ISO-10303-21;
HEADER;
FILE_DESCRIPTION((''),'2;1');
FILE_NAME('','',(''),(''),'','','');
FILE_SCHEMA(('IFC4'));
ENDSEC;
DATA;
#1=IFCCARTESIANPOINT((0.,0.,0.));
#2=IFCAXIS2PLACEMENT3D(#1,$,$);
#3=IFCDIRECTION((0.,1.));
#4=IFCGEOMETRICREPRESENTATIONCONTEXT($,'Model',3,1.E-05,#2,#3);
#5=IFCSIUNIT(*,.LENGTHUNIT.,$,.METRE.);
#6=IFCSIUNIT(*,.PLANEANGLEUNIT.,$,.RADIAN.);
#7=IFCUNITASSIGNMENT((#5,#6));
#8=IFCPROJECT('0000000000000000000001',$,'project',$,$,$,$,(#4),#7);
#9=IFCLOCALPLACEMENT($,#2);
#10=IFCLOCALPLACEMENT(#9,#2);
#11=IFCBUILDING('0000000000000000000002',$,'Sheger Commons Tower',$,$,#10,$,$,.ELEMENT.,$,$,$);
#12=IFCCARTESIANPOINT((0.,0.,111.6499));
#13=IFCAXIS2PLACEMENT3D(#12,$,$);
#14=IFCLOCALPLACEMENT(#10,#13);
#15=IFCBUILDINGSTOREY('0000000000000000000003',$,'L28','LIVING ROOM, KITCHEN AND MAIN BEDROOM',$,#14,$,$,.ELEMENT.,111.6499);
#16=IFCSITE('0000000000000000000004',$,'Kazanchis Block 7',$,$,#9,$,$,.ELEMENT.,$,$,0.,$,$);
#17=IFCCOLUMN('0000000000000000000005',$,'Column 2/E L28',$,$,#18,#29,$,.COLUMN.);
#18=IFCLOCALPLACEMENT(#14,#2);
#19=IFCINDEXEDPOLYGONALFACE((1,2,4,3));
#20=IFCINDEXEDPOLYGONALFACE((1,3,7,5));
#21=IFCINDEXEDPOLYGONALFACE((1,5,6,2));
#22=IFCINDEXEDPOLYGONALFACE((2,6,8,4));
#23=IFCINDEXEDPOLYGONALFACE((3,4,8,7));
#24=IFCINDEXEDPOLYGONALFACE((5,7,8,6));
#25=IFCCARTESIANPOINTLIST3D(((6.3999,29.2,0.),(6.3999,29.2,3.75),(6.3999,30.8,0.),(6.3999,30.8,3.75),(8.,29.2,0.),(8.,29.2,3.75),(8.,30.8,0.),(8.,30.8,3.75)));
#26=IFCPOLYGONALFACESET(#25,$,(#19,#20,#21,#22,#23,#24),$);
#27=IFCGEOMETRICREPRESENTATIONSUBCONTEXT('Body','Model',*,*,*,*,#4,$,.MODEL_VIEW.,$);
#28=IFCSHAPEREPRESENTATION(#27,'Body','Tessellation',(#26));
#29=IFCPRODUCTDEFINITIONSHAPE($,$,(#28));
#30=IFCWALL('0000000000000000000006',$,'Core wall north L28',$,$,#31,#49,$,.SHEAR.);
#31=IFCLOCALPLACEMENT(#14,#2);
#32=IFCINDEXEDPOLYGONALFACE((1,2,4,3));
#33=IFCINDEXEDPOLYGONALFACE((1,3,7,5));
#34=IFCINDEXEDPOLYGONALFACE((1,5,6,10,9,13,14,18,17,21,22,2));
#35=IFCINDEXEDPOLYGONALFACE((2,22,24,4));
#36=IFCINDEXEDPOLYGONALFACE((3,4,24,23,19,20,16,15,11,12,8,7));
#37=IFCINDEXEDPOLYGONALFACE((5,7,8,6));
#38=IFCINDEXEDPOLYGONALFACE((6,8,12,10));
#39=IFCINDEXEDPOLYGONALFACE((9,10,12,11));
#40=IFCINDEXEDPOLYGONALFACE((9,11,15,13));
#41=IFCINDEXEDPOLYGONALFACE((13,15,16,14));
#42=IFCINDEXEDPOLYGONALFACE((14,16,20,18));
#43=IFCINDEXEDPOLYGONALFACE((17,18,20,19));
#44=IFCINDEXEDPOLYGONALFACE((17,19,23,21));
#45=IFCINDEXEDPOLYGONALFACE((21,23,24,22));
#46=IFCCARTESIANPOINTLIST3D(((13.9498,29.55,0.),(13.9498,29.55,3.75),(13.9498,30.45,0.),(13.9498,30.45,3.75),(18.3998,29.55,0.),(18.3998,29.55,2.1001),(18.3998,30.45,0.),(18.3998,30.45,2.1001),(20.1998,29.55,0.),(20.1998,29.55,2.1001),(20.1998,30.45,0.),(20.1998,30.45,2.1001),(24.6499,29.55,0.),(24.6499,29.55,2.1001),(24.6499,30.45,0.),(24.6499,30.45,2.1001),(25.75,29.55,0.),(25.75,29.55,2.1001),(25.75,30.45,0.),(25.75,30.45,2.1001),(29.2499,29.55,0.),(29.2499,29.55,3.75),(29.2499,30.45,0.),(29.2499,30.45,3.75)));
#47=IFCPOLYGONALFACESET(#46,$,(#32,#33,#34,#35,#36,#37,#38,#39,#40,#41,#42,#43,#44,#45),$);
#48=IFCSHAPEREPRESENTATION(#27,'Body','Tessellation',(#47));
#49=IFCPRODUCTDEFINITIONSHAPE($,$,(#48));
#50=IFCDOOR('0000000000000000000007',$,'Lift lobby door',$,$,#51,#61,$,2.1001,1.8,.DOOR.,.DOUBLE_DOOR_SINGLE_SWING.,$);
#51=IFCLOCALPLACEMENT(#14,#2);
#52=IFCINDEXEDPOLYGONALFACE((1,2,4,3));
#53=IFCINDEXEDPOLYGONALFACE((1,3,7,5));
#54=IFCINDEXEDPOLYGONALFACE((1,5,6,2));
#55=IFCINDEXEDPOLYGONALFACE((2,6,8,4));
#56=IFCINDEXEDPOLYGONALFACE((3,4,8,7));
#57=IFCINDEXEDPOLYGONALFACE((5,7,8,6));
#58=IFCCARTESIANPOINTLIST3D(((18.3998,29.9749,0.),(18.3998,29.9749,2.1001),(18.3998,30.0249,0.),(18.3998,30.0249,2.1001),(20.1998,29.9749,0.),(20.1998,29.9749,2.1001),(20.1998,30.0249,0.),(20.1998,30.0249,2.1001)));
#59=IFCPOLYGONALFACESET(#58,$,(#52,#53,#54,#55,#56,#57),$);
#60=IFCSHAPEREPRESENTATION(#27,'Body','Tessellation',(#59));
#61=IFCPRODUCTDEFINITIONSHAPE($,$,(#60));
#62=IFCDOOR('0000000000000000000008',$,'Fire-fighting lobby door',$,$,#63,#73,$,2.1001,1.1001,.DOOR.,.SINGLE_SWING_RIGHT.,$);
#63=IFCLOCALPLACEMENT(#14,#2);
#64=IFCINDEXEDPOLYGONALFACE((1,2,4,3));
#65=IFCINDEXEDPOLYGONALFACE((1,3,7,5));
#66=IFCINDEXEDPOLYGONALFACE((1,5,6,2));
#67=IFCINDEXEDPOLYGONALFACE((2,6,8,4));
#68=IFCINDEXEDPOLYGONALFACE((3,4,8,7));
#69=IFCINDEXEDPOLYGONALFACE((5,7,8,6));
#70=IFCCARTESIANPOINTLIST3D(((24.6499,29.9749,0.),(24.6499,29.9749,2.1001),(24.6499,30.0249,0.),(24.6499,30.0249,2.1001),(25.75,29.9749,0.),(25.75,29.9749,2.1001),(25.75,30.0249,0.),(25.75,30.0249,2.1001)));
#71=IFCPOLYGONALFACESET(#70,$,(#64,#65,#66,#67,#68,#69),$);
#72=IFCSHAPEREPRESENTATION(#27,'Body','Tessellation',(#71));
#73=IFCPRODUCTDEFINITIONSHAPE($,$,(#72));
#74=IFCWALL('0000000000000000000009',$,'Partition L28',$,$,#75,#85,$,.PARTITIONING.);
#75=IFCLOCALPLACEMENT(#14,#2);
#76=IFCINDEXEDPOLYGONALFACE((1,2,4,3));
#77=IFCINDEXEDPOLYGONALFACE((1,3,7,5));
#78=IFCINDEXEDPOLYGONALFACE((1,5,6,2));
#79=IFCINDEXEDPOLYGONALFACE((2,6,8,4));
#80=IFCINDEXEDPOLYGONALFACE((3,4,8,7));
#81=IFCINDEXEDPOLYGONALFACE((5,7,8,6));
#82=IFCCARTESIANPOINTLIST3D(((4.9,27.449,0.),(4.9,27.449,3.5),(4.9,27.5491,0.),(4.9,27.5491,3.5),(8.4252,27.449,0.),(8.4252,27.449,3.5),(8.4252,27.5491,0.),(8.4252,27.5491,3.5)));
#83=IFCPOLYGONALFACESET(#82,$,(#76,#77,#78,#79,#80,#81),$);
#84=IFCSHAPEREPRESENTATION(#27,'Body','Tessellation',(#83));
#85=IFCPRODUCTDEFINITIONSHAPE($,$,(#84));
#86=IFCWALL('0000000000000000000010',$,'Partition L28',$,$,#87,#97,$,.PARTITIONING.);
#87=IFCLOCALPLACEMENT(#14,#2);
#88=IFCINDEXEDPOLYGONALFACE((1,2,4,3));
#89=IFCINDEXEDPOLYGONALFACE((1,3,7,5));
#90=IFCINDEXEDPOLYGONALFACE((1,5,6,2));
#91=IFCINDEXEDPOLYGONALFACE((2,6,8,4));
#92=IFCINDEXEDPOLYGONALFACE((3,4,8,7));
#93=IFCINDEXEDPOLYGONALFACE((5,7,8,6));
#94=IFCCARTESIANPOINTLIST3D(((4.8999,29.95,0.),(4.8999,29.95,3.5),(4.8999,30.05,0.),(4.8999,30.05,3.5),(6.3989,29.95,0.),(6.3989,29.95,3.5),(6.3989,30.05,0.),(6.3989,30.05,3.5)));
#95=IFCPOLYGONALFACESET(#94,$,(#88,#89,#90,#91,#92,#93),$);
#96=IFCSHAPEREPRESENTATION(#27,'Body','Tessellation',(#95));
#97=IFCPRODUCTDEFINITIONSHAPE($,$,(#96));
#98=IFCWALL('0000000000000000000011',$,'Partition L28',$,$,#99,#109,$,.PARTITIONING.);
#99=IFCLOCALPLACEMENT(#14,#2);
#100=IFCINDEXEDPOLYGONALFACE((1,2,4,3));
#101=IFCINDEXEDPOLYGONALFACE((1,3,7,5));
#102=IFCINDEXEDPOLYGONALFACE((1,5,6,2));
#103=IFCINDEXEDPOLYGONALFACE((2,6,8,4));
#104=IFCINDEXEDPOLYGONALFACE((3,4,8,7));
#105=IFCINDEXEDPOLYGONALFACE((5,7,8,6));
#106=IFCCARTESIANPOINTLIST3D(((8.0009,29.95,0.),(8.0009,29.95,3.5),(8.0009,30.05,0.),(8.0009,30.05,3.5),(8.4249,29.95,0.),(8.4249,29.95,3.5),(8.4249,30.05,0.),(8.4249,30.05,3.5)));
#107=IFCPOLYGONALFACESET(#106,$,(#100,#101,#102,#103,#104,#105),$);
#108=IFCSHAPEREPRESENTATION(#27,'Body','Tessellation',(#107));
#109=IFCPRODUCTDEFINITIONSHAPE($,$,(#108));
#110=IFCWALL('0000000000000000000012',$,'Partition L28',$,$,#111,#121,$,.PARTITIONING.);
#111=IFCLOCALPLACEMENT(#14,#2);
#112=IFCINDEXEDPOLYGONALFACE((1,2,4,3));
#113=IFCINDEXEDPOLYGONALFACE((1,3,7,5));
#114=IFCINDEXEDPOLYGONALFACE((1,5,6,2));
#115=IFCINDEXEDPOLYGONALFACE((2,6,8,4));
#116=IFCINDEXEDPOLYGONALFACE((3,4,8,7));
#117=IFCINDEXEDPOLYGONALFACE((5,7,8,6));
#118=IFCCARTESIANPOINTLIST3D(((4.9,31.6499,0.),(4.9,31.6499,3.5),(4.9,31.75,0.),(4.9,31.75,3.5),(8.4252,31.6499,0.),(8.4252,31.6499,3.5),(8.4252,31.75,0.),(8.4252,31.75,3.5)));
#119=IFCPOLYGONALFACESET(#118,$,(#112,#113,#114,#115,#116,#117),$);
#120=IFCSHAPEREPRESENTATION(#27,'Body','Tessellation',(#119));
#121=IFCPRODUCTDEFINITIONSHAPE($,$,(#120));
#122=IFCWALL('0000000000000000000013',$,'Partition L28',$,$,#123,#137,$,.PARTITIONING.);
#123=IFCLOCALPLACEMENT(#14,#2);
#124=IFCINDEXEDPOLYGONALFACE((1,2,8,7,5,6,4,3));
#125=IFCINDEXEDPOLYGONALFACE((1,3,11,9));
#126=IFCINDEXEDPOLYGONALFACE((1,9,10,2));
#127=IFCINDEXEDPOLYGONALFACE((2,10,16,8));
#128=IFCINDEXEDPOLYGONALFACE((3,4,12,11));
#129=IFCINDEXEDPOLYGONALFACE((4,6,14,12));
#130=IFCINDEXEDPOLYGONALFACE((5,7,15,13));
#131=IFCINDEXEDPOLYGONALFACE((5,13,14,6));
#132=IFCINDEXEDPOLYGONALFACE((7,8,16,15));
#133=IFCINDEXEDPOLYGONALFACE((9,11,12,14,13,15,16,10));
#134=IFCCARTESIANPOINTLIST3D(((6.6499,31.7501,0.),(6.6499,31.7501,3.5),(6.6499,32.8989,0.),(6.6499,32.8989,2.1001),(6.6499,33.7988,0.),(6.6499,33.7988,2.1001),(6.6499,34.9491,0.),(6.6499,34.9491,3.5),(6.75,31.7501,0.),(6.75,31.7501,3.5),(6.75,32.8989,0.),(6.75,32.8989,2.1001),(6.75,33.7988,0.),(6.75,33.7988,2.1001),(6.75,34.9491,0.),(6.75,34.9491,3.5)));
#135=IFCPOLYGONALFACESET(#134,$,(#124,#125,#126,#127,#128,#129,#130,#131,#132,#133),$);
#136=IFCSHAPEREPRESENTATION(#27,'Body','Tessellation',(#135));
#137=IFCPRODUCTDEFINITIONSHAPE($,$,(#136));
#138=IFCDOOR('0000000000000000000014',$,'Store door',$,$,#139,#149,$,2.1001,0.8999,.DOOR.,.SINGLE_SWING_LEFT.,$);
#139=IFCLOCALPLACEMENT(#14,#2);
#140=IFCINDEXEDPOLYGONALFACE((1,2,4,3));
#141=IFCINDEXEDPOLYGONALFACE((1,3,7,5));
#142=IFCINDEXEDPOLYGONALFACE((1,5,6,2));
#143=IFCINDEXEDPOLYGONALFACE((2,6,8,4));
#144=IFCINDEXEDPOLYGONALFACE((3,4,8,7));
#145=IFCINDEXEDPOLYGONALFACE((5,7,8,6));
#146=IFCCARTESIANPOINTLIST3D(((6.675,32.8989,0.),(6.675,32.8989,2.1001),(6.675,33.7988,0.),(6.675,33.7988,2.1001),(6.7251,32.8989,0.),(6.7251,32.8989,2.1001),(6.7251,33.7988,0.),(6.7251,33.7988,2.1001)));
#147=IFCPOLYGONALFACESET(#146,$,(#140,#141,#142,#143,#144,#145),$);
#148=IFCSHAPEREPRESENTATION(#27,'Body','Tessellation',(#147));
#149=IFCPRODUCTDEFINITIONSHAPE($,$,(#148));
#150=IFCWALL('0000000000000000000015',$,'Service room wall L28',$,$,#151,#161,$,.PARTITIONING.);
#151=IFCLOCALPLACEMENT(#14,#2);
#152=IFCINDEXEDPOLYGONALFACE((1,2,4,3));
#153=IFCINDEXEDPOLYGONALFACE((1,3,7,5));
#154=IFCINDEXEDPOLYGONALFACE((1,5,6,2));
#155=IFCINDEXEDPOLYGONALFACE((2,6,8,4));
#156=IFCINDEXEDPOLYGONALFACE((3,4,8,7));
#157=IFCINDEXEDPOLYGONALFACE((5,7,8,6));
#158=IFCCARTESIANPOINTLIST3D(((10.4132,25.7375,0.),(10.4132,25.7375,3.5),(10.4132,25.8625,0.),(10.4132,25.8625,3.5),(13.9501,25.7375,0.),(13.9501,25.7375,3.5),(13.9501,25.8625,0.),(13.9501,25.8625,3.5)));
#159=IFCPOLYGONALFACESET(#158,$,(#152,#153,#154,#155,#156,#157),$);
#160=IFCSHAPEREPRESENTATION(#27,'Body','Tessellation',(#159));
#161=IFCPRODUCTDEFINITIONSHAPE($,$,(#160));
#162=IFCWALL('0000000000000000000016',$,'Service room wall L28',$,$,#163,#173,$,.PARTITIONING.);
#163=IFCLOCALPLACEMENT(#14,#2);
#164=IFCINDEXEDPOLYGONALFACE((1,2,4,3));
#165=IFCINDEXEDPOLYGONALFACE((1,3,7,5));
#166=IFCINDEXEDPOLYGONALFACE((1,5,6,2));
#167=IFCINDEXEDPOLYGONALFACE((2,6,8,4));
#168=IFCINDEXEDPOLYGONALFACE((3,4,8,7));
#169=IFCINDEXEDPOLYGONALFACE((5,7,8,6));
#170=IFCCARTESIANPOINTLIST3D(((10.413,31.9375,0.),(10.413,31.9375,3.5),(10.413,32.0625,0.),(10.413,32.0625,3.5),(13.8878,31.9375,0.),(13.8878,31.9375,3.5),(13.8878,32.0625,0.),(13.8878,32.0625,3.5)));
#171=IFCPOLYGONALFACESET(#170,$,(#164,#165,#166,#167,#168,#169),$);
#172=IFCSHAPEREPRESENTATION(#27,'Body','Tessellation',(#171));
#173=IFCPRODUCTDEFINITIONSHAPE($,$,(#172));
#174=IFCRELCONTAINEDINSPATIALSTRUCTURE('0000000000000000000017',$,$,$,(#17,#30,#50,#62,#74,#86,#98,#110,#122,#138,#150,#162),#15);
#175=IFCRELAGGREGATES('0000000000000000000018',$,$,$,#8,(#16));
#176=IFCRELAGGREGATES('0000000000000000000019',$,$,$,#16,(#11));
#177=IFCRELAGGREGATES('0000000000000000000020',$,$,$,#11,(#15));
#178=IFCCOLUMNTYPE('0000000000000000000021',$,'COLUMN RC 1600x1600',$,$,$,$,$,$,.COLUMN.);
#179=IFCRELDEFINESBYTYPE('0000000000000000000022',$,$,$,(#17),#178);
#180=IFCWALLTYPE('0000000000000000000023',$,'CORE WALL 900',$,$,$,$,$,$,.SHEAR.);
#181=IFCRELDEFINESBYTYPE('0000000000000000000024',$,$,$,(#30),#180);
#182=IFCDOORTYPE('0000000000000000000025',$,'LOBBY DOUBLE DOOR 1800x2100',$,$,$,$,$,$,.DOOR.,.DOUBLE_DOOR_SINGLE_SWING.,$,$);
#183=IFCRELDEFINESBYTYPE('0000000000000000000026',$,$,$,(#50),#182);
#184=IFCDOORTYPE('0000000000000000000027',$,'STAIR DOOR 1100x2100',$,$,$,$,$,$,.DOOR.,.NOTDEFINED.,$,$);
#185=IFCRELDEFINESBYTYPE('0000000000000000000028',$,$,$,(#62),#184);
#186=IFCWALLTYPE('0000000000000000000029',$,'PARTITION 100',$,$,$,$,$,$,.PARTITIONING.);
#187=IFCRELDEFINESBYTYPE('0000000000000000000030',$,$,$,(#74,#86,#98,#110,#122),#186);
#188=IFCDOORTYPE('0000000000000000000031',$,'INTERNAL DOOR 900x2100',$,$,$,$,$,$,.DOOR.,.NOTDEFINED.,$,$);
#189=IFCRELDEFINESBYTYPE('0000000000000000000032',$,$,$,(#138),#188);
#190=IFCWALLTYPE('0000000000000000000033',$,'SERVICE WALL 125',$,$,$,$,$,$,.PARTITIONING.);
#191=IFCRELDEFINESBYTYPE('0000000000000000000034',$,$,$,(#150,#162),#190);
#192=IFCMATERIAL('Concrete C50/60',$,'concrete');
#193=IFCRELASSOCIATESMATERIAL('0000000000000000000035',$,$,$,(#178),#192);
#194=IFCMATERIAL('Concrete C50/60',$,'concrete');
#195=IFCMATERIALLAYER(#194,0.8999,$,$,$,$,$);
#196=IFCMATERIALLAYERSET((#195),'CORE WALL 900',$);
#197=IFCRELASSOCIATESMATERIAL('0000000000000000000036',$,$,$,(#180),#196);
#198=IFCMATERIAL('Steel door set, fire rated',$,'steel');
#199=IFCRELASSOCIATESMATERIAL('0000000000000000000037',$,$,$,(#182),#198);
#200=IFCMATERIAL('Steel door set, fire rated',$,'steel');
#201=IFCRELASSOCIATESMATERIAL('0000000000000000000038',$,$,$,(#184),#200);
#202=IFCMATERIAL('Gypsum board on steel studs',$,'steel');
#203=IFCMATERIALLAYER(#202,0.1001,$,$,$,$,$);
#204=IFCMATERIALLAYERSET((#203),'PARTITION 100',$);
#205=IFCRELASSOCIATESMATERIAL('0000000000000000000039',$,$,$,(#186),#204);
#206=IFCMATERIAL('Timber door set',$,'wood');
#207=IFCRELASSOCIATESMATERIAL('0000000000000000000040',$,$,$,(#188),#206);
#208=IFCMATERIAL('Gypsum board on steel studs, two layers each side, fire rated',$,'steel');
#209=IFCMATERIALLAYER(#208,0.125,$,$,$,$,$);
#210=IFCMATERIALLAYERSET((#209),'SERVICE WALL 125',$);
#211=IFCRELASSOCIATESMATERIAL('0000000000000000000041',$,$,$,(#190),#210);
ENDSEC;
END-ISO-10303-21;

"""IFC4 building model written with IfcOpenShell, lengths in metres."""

from ifc_helpers import new_model, si_unit, direction, frame, frame_2d, origin, origin_2d, place, context, subcontext, project, spatial, rectangle, extrude, material, layer, layer_set, material_profile, profile_set, type_object, element, fill, save


model = new_model("IFC4")

# Units and contexts
model_context = context("Model", 3, precision=1e-05, world=origin(), true_north=direction((0.0, 1.0)))
body_context = subcontext(model_context, "Body", "Model", "MODEL_VIEW")
ifc_project = project(units=[si_unit("LENGTHUNIT", "METRE"), si_unit("PLANEANGLEUNIT", "RADIAN")], contexts=[model_context])

# Site, building, storey
site_placement = place(None, origin())
site = spatial("IfcSite", under=ifc_project, at=site_placement, Name="Kazanchis Block 7", CompositionType="ELEMENT", RefElevation=0.0)
building_placement = place(site_placement, origin())
building = spatial("IfcBuilding", under=site, at=building_placement, Name="Sheger Commons Tower", CompositionType="ELEMENT")
storey_placement = place(building_placement, frame((0.0, 0.0, 111.6499)))
storey = spatial("IfcBuildingStorey", under=building, at=storey_placement, Name="L28", Description="LIVING ROOM, KITCHEN AND MAIN BEDROOM", CompositionType="ELEMENT", Elevation=111.6499)

# Column
ifc_material_1 = material(Name="Concrete C50/60", Category="concrete")
ifc_material_profile = material_profile(ifc_material_1, rectangle(XDim=1.6001, YDim=1.6001, at=origin_2d()), Name="RC 1600x1600")
ifc_profile_set = profile_set([ifc_material_profile], Name="Concrete C50/60")
column_type = type_object("IfcColumnType", Name="COLUMN RC 1600x1600", PredefinedType="COLUMN", material=ifc_profile_set)
column_placement = place(storey_placement, frame((7.2, 30.0, 0.0), z_axis=(0.0, 0.0, 1.0), x_axis=(1.0, 0.0, 0.0)))
element("IfcColumn", 1, at=column_placement, inside=storey, type_object=column_type, Name="Column 2/E L28", PredefinedType="COLUMN", context=body_context, shape_type="SweptSolid", body=[
    extrude(rectangle(XDim=1.6001, YDim=1.6001, at=origin_2d()), origin(), (0.0, 0.0, 1.0), 3.75),
])

# Wall, openings, doors
ifc_material_2 = material(Name="Concrete C50/60", Category="concrete")
ifc_layer_1 = layer(ifc_material_2, 0.8999)
ifc_layer_set_1 = layer_set([ifc_layer_1], Name="CORE WALL 900")
wall_type_1 = type_object("IfcWallType", Name="CORE WALL 900", PredefinedType="SHEAR", material=ifc_layer_set_1)
wall_1_placement = place(storey_placement, frame((13.95, 30.0, 0.0), z_axis=(0.0, 0.0, 1.0), x_axis=(1.0, 0.0, 0.0)))
wall_1 = element("IfcWall", 2, at=wall_1_placement, inside=storey, type_object=wall_type_1, Name="Core wall north L28", PredefinedType="SHEAR", context=body_context, shape_type="SweptSolid", body=[
    extrude(rectangle(XDim=15.3, YDim=0.8999, at=frame_2d((7.6499, 0.0))), origin(), (0.0, 0.0, 1.0), 3.75),
])
opening_1_placement = place(wall_1_placement, frame((4.45, 0.0, 0.0)))
opening_1 = element("IfcOpeningElement", 3, at=opening_1_placement, cuts=wall_1, PredefinedType="OPENING", context=body_context, shape_type="SweptSolid", body=[
    extrude(rectangle(XDim=1.8, YDim=2.1001, at=frame_2d((0.8999, 1.05))), frame((0.0, 0.46, 0.0), z_axis=(0.0, -1.0, 0.0), x_axis=(1.0, 0.0, 0.0)), (0.0, 0.0, 1.0), 0.9199),
])
opening_2_placement = place(wall_1_placement, frame((10.7, 0.0, 0.0)))
opening_2 = element("IfcOpeningElement", 4, at=opening_2_placement, cuts=wall_1, PredefinedType="OPENING", context=body_context, shape_type="SweptSolid", body=[
    extrude(rectangle(XDim=1.1001, YDim=2.1001, at=frame_2d((0.55, 1.05))), frame((0.0, 0.46, 0.0), z_axis=(0.0, -1.0, 0.0), x_axis=(1.0, 0.0, 0.0)), (0.0, 0.0, 1.0), 0.9199),
])
ifc_material_3 = material(Name="Steel door set, fire rated", Category="steel")
door_type_1 = type_object("IfcDoorType", Name="LOBBY DOUBLE DOOR 1800x2100", OperationType="DOUBLE_DOOR_SINGLE_SWING", PredefinedType="DOOR", material=ifc_material_3)
door_1_placement = place(opening_1_placement, origin())
door_1 = element("IfcDoor", 5, at=door_1_placement, inside=storey, type_object=door_type_1, Name="Lift lobby door", OperationType="DOUBLE_DOOR_SINGLE_SWING", OverallHeight=2.1001, OverallWidth=1.8, PredefinedType="DOOR", context=body_context, shape_type="SweptSolid", body=[
    extrude(rectangle(XDim=1.8, YDim=2.1001, at=frame_2d((0.8999, 1.05))), frame((0.0, 0.0249, 0.0), z_axis=(0.0, -1.0, 0.0), x_axis=(1.0, 0.0, 0.0)), (0.0, 0.0, 1.0), 0.05),
])
fill(opening_1, door_1)
ifc_material_4 = material(Name="Steel door set, fire rated", Category="steel")
door_type_2 = type_object("IfcDoorType", Name="STAIR DOOR 1100x2100", OperationType="NOTDEFINED", PredefinedType="DOOR", material=ifc_material_4)
door_2_placement = place(opening_2_placement, origin())
door_2 = element("IfcDoor", 6, at=door_2_placement, inside=storey, type_object=door_type_2, Name="Fire-fighting lobby door", OperationType="SINGLE_SWING_RIGHT", OverallHeight=2.1001, OverallWidth=1.1001, PredefinedType="DOOR", context=body_context, shape_type="SweptSolid", body=[
    extrude(rectangle(XDim=1.1001, YDim=2.1001, at=frame_2d((0.55, 1.05))), frame((0.0, 0.0249, 0.0), z_axis=(0.0, -1.0, 0.0), x_axis=(1.0, 0.0, 0.0)), (0.0, 0.0, 1.0), 0.05),
])
fill(opening_2, door_2)

# Walls
ifc_material_5 = material(Name="Gypsum board on steel studs", Category="steel")
ifc_layer_2 = layer(ifc_material_5, 0.1001)
ifc_layer_set_2 = layer_set([ifc_layer_2], Name="PARTITION 100")
wall_type_2 = type_object("IfcWallType", Name="PARTITION 100", PredefinedType="PARTITIONING", material=ifc_layer_set_2)
wall_2_placement = place(storey_placement, frame((4.8999, 27.499, 0.0), z_axis=(0.0, 0.0, 1.0), x_axis=(1.0, 0.0, 0.0)))
element("IfcWall", 7, at=wall_2_placement, inside=storey, type_object=wall_type_2, Name="Partition L28", PredefinedType="PARTITIONING", context=body_context, shape_type="SweptSolid", body=[
    extrude(rectangle(XDim=3.5251, YDim=0.1001, at=frame_2d((1.7627, 0.0))), origin(), (0.0, 0.0, 1.0), 3.5),
])
wall_3_placement = place(storey_placement, frame((4.8999, 30.0, 0.0), z_axis=(0.0, 0.0, 1.0), x_axis=(1.0, 0.0, 0.0)))
element("IfcWall", 8, at=wall_3_placement, inside=storey, type_object=wall_type_2, Name="Partition L28", PredefinedType="PARTITIONING", context=body_context, shape_type="SweptSolid", body=[
    extrude(rectangle(XDim=1.499, YDim=0.1001, at=frame_2d((0.7495, 0.0))), origin(), (0.0, 0.0, 1.0), 3.5),
])
wall_4_placement = place(storey_placement, frame((8.001, 30.0, 0.0), z_axis=(0.0, 0.0, 1.0), x_axis=(1.0, 0.0, 0.0)))
element("IfcWall", 9, at=wall_4_placement, inside=storey, type_object=wall_type_2, Name="Partition L28", PredefinedType="PARTITIONING", context=body_context, shape_type="SweptSolid", body=[
    extrude(rectangle(XDim=0.4241, YDim=0.1001, at=frame_2d((0.2119, 0.0))), origin(), (0.0, 0.0, 1.0), 3.5),
])
wall_5_placement = place(storey_placement, frame((4.8999, 31.7, 0.0), z_axis=(0.0, 0.0, 1.0), x_axis=(1.0, 0.0, 0.0)))
element("IfcWall", 10, at=wall_5_placement, inside=storey, type_object=wall_type_2, Name="Partition L28", PredefinedType="PARTITIONING", context=body_context, shape_type="SweptSolid", body=[
    extrude(rectangle(XDim=3.5251, YDim=0.1001, at=frame_2d((1.7627, 0.0))), origin(), (0.0, 0.0, 1.0), 3.5),
])

# Wall, opening, door
wall_6_placement = place(storey_placement, frame((6.7, 31.75, 0.0), z_axis=(0.0, 0.0, 1.0), x_axis=(0.0, 1.0, 0.0)))
wall_6 = element("IfcWall", 11, at=wall_6_placement, inside=storey, type_object=wall_type_2, Name="Partition L28", PredefinedType="PARTITIONING", context=body_context, shape_type="SweptSolid", body=[
    extrude(rectangle(XDim=3.199, YDim=0.1001, at=frame_2d((1.5996, 0.0))), origin(), (0.0, 0.0, 1.0), 3.5),
])
opening_3_placement = place(wall_6_placement, frame((1.1489, 0.0, 0.0)))
opening_3 = element("IfcOpeningElement", 12, at=opening_3_placement, cuts=wall_6, PredefinedType="OPENING", context=body_context, shape_type="SweptSolid", body=[
    extrude(rectangle(XDim=0.8999, YDim=2.1001, at=frame_2d((0.45, 1.05))), frame((0.0, 0.0601, 0.0), z_axis=(0.0, -1.0, 0.0), x_axis=(1.0, 0.0, 0.0)), (0.0, 0.0, 1.0), 0.1201),
])
ifc_material_6 = material(Name="Timber door set", Category="wood")
door_type_3 = type_object("IfcDoorType", Name="INTERNAL DOOR 900x2100", OperationType="NOTDEFINED", PredefinedType="DOOR", material=ifc_material_6)
door_3_placement = place(opening_3_placement, origin())
door_3 = element("IfcDoor", 13, at=door_3_placement, inside=storey, type_object=door_type_3, Name="Store door", OperationType="SINGLE_SWING_LEFT", OverallHeight=2.1001, OverallWidth=0.8999, PredefinedType="DOOR", context=body_context, shape_type="SweptSolid", body=[
    extrude(rectangle(XDim=0.8999, YDim=2.1001, at=frame_2d((0.45, 1.05))), frame((0.0, 0.0249, 0.0), z_axis=(0.0, -1.0, 0.0), x_axis=(1.0, 0.0, 0.0)), (0.0, 0.0, 1.0), 0.05),
])
fill(opening_3, door_3)

# Walls
ifc_material_7 = material(Name="Gypsum board on steel studs, two layers each side, fire rated", Category="steel")
ifc_layer_3 = layer(ifc_material_7, 0.125)
ifc_layer_set_3 = layer_set([ifc_layer_3], Name="SERVICE WALL 125")
wall_type_3 = type_object("IfcWallType", Name="SERVICE WALL 125", PredefinedType="PARTITIONING", material=ifc_layer_set_3)
wall_7_placement = place(storey_placement, frame((10.4131, 25.8, 0.0), z_axis=(0.0, 0.0, 1.0), x_axis=(1.0, 0.0, 0.0)))
element("IfcWall", 14, at=wall_7_placement, inside=storey, type_object=wall_type_3, Name="Service room wall L28", PredefinedType="PARTITIONING", context=body_context, shape_type="SweptSolid", body=[
    extrude(rectangle(XDim=3.5369, YDim=0.125, at=frame_2d((1.7686, 0.0))), origin(), (0.0, 0.0, 1.0), 3.5),
])
wall_8_placement = place(storey_placement, frame((10.4131, 32.0, 0.0), z_axis=(0.0, 0.0, 1.0), x_axis=(1.0, 0.0, 0.0)))
element("IfcWall", 15, at=wall_8_placement, inside=storey, type_object=wall_type_3, Name="Service room wall L28", PredefinedType="PARTITIONING", context=body_context, shape_type="SweptSolid", body=[
    extrude(rectangle(XDim=3.4749, YDim=0.125, at=frame_2d((1.7373, 0.0))), origin(), (0.0, 0.0, 1.0), 3.5),
])

save(model, "model.ifc")
